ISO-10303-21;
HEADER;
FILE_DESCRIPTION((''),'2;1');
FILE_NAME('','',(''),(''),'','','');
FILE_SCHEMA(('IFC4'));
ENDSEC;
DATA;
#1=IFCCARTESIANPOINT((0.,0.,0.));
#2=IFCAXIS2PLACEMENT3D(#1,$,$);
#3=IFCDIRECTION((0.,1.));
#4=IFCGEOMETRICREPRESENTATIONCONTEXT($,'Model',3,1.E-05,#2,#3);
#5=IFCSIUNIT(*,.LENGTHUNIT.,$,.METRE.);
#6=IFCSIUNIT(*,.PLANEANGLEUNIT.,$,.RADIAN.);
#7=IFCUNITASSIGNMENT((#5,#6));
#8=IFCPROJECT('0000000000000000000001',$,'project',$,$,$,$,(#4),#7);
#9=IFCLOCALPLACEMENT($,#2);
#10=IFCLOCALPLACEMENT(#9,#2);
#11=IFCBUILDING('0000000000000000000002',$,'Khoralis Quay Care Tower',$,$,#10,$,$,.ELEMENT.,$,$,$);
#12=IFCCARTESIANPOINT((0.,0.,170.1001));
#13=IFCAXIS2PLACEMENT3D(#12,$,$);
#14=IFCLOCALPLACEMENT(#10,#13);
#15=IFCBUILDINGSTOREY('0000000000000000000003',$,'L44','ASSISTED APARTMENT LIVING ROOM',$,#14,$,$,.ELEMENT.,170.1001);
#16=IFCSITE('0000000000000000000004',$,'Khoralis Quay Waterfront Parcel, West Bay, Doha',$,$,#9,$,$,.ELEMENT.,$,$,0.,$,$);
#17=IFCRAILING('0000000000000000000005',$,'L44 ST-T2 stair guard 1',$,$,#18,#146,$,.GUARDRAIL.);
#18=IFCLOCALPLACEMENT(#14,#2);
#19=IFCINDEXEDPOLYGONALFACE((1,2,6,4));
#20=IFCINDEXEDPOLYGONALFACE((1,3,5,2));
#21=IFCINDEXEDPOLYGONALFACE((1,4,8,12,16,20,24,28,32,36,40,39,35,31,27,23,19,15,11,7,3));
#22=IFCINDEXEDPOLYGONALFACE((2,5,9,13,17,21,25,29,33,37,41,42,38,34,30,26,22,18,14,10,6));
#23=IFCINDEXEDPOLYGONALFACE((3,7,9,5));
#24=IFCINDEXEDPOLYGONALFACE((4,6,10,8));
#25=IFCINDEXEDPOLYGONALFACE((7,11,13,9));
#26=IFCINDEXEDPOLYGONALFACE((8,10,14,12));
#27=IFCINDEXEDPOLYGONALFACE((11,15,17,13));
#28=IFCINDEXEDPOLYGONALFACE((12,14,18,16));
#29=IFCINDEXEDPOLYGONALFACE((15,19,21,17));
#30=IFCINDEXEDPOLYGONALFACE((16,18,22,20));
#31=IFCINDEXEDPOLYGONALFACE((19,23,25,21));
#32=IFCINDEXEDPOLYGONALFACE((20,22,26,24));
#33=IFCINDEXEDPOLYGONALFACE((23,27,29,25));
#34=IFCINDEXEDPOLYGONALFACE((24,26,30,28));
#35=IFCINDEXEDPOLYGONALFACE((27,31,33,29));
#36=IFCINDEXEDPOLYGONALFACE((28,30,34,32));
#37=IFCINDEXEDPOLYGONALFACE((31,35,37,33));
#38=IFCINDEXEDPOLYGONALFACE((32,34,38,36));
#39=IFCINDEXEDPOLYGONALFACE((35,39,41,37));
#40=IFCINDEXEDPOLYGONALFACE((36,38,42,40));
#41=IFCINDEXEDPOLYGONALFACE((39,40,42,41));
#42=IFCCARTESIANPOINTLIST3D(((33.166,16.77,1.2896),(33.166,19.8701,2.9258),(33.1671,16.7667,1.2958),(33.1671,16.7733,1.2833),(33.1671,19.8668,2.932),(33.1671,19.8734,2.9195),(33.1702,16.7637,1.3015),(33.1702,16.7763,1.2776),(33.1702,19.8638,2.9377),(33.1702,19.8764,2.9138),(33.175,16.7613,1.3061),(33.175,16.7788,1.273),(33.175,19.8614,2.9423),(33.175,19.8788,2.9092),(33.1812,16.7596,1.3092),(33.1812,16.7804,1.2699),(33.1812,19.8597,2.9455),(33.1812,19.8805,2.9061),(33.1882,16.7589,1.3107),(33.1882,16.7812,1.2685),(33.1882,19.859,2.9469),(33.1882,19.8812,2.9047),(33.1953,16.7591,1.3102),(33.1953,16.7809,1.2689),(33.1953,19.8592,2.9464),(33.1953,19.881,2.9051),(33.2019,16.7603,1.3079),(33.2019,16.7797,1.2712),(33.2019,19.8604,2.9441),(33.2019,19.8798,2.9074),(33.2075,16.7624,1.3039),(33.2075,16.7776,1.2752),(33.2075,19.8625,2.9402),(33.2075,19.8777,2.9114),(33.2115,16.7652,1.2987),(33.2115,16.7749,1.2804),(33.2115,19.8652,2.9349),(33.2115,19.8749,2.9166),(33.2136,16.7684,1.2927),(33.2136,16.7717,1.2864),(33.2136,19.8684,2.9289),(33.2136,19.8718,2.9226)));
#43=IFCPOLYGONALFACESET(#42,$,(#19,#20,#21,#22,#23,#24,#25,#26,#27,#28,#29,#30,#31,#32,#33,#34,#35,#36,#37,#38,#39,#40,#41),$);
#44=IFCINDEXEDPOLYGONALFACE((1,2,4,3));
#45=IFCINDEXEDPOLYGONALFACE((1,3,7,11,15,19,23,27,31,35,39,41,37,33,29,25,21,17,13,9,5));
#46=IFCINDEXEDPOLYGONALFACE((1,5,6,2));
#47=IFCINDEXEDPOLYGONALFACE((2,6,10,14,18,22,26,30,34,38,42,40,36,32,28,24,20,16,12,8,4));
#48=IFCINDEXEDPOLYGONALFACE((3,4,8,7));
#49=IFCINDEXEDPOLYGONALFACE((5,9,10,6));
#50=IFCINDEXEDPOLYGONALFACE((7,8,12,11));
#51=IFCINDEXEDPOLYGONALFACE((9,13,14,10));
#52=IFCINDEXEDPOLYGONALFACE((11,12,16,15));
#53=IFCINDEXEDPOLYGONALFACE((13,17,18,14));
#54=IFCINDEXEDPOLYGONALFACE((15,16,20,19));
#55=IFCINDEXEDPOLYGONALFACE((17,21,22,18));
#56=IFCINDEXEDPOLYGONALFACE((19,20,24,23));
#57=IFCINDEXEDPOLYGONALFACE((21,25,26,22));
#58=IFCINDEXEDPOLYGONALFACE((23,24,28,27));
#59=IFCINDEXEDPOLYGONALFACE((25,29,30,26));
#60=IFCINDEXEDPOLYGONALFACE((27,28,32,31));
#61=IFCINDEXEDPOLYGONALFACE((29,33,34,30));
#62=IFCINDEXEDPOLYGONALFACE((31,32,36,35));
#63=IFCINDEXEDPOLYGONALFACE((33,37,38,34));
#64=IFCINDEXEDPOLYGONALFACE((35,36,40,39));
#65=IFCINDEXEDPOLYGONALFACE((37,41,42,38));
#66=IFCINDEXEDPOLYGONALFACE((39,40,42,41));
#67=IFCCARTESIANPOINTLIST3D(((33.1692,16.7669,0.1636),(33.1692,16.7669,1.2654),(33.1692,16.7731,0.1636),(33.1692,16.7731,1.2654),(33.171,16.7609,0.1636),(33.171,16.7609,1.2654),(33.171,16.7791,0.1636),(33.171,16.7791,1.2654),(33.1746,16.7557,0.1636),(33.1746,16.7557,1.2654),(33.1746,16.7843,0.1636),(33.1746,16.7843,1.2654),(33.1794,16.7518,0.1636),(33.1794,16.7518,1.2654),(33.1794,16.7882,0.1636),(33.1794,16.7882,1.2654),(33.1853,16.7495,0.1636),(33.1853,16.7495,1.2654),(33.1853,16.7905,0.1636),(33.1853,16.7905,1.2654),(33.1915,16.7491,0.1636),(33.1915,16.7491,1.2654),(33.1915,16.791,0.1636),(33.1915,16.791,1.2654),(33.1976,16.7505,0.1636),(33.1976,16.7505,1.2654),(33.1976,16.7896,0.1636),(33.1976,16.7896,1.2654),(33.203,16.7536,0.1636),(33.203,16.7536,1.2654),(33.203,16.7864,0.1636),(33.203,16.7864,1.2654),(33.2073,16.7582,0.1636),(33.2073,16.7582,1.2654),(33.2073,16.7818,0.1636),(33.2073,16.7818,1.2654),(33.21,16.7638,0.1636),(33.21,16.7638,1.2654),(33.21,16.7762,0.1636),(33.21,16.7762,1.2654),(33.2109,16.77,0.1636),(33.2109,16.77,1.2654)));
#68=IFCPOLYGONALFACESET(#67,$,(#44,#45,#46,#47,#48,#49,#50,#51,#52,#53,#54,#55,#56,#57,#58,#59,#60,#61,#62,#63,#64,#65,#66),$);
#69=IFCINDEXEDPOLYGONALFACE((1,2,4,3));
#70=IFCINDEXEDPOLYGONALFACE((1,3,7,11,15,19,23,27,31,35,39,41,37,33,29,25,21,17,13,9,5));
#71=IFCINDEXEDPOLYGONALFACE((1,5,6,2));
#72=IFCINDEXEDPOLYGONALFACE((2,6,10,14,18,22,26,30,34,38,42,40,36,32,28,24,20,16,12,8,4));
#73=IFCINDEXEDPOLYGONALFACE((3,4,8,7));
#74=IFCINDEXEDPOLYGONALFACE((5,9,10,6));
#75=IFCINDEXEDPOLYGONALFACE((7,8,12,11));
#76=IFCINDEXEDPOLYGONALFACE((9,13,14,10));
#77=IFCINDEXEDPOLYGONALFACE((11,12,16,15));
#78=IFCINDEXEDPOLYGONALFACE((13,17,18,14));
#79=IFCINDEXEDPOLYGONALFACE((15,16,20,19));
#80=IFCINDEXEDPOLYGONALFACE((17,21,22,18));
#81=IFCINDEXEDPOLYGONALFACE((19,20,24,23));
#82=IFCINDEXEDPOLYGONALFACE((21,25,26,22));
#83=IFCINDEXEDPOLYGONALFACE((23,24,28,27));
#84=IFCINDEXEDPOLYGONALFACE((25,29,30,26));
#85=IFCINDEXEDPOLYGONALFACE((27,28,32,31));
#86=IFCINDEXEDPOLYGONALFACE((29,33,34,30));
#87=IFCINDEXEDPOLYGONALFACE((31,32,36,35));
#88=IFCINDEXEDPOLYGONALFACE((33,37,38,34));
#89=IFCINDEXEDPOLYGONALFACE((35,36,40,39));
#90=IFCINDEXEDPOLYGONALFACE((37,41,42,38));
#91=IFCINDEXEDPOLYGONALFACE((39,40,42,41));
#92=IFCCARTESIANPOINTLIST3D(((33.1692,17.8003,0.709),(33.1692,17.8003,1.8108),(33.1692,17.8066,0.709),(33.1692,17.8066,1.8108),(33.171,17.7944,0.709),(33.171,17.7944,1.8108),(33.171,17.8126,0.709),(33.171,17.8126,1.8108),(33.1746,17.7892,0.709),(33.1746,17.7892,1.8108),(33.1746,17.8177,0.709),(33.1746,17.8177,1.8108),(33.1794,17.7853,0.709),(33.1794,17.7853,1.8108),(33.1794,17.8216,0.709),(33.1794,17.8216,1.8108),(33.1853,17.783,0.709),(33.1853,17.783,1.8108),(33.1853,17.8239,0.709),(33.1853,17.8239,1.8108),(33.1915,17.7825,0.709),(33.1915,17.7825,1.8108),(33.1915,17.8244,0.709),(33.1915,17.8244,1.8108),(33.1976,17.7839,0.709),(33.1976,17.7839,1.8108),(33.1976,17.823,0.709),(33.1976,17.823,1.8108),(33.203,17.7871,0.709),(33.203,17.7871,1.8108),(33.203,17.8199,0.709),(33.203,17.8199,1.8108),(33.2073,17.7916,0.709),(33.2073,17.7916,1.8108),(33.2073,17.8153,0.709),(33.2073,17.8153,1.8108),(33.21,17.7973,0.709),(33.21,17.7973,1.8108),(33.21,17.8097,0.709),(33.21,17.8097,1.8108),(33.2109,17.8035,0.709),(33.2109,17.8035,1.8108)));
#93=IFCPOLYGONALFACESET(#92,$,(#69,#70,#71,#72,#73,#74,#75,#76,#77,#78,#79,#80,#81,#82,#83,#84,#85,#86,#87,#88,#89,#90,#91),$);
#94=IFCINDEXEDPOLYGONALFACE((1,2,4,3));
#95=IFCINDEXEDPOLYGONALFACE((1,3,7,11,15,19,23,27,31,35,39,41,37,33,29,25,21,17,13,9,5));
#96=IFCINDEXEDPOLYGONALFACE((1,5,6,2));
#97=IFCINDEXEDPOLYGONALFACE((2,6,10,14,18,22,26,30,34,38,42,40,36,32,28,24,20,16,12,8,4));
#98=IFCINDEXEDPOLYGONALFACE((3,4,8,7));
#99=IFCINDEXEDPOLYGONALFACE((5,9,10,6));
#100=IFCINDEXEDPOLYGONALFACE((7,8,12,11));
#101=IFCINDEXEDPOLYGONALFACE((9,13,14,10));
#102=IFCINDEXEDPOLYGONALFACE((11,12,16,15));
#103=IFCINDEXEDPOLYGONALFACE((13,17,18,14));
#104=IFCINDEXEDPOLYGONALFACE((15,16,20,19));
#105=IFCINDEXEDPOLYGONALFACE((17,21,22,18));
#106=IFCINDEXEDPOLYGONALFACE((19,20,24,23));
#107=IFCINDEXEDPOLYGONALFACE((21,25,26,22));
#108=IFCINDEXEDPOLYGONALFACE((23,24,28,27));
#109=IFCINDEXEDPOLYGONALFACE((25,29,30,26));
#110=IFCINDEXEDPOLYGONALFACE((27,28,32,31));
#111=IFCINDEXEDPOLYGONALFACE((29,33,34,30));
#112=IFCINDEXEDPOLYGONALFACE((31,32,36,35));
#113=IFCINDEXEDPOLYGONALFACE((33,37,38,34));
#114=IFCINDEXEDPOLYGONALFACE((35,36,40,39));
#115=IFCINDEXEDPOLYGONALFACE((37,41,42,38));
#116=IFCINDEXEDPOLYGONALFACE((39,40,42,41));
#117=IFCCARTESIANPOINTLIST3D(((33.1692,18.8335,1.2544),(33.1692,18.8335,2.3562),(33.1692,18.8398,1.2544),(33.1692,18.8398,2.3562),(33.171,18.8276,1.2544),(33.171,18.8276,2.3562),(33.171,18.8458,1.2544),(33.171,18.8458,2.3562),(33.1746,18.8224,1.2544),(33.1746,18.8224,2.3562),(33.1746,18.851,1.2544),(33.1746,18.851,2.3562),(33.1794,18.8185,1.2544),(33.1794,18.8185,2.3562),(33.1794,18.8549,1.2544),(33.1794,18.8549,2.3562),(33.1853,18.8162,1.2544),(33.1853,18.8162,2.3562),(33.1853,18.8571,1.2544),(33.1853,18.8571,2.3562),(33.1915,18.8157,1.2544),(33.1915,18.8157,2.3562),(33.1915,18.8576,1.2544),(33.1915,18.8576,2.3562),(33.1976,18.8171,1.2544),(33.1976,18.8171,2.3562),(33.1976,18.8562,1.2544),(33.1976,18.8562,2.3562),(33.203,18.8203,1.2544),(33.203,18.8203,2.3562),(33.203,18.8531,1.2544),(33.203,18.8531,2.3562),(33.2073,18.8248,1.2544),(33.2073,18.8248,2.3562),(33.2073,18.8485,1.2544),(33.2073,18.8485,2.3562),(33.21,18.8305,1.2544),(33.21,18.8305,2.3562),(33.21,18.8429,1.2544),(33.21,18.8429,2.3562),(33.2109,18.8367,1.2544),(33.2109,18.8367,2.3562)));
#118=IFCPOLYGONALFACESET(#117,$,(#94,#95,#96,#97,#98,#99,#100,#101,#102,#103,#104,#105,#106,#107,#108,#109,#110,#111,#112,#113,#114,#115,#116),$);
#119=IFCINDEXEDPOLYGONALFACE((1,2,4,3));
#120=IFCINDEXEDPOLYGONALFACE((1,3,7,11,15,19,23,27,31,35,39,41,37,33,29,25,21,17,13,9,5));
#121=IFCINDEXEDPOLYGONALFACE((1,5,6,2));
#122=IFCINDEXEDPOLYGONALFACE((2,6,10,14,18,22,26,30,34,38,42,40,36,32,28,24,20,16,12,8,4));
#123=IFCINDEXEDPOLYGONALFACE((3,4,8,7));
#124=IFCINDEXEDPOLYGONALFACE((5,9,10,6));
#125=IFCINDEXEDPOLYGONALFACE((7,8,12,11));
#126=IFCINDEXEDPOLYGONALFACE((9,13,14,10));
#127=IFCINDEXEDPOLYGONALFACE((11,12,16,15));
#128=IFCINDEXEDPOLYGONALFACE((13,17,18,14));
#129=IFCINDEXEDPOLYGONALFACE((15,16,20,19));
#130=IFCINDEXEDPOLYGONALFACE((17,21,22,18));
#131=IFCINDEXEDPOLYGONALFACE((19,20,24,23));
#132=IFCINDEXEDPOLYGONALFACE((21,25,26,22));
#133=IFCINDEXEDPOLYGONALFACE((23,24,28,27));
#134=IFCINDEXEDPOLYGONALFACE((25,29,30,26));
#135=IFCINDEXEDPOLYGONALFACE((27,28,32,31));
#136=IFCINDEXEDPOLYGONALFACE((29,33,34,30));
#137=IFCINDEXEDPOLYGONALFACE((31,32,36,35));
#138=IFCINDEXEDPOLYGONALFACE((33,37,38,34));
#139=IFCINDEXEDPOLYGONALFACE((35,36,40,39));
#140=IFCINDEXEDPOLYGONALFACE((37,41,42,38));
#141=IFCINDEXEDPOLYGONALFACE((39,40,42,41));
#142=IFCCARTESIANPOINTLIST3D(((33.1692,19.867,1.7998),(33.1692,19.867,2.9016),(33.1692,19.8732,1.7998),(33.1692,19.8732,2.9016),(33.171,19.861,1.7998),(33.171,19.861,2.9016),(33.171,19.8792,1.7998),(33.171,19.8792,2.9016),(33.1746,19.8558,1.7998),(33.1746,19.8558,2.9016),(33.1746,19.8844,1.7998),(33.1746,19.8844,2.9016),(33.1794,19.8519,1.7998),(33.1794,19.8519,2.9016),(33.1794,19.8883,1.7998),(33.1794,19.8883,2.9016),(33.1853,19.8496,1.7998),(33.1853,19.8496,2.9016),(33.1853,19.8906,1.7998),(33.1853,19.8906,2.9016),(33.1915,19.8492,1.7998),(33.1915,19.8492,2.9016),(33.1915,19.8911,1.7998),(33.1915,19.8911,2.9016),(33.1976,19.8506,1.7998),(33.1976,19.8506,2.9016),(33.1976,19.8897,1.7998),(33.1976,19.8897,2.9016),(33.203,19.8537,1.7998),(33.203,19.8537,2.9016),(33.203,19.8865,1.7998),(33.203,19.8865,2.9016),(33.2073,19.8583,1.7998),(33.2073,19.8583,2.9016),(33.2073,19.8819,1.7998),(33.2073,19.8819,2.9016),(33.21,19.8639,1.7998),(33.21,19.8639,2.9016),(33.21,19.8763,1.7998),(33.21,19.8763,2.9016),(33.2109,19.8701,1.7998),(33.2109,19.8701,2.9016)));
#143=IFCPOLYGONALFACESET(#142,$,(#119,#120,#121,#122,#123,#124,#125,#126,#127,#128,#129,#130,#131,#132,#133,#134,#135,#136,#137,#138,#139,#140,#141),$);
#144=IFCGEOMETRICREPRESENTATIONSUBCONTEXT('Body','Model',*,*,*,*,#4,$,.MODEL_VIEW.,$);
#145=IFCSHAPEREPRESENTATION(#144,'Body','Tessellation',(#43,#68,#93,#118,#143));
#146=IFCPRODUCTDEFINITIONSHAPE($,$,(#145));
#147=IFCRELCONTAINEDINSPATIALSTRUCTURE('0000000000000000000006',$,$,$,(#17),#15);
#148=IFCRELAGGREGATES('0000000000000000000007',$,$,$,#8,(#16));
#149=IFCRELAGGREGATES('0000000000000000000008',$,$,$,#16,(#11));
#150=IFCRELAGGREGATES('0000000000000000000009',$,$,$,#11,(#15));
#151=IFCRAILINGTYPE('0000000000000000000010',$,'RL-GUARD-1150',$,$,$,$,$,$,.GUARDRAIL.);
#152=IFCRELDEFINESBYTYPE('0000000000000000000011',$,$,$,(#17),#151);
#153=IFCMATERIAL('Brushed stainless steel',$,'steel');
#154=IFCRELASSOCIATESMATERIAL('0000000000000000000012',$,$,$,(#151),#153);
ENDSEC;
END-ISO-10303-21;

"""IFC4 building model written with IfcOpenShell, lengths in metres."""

from ifc_helpers import new_model, si_unit, direction, frame, origin, origin_2d, place, context, subcontext, project, spatial, circle, extrude, material, type_object, element, save


model = new_model("IFC4")

# Units and contexts
model_context = context("Model", 3, precision=1e-05, world=origin(), true_north=direction((0.0, 1.0)))
body_context = subcontext(model_context, "Body", "Model", "MODEL_VIEW")
ifc_project = project(units=[si_unit("LENGTHUNIT", "METRE"), si_unit("PLANEANGLEUNIT", "RADIAN")], contexts=[model_context])

# Site, building, storey
site_placement = place(None, origin())
site = spatial("IfcSite", under=ifc_project, at=site_placement, Name="Khoralis Quay Waterfront Parcel, West Bay, Doha", CompositionType="ELEMENT", RefElevation=0.0)
building_placement = place(site_placement, origin())
building = spatial("IfcBuilding", under=site, at=building_placement, Name="Khoralis Quay Care Tower", CompositionType="ELEMENT")
storey_placement = place(building_placement, frame((0.0, 0.0, 170.1001)))
storey = spatial("IfcBuildingStorey", under=building, at=storey_placement, Name="L44", Description="ASSISTED APARTMENT LIVING ROOM", CompositionType="ELEMENT", Elevation=170.1001)

# Shared definitions
ifc_material_1 = material(Name="Brushed stainless steel", Category="steel")

# Railing
railing_type_1 = type_object("IfcRailingType", Name="RL-GUARD-1150", PredefinedType="GUARDRAIL", material=ifc_material_1)
railing_1_placement = place(storey_placement, frame((33.1899, 16.77, 0.1636)))
element("IfcRailing", 1, at=railing_1_placement, inside=storey, type_object=railing_type_1, Name="L44 ST-T2 stair guard 1", PredefinedType="GUARDRAIL", context=body_context, shape_type="SweptSolid", body=[
    extrude(circle(Radius=0.0239, at=origin_2d()), frame((0.0, 0.0, 1.126), z_axis=(0.0, 0.884377, 0.466774), x_axis=(-1.0, 0.0, 0.0)), (0.0, 0.0, 1.0), 3.5054),
    extrude(circle(Radius=0.021, at=origin_2d()), origin(), (0.0, 0.0, 1.0), 1.1018),
    extrude(circle(Radius=0.021, at=origin_2d()), frame((0.0, 1.0334, 0.5454)), (0.0, 0.0, 1.0), 1.1018),
    extrude(circle(Radius=0.021, at=origin_2d()), frame((0.0, 2.0667, 1.0908)), (0.0, 0.0, 1.0), 1.1018),
    extrude(circle(Radius=0.021, at=origin_2d()), frame((0.0, 3.1001, 1.6362)), (0.0, 0.0, 1.0), 1.1018),
])

save(model, "model.ifc")
